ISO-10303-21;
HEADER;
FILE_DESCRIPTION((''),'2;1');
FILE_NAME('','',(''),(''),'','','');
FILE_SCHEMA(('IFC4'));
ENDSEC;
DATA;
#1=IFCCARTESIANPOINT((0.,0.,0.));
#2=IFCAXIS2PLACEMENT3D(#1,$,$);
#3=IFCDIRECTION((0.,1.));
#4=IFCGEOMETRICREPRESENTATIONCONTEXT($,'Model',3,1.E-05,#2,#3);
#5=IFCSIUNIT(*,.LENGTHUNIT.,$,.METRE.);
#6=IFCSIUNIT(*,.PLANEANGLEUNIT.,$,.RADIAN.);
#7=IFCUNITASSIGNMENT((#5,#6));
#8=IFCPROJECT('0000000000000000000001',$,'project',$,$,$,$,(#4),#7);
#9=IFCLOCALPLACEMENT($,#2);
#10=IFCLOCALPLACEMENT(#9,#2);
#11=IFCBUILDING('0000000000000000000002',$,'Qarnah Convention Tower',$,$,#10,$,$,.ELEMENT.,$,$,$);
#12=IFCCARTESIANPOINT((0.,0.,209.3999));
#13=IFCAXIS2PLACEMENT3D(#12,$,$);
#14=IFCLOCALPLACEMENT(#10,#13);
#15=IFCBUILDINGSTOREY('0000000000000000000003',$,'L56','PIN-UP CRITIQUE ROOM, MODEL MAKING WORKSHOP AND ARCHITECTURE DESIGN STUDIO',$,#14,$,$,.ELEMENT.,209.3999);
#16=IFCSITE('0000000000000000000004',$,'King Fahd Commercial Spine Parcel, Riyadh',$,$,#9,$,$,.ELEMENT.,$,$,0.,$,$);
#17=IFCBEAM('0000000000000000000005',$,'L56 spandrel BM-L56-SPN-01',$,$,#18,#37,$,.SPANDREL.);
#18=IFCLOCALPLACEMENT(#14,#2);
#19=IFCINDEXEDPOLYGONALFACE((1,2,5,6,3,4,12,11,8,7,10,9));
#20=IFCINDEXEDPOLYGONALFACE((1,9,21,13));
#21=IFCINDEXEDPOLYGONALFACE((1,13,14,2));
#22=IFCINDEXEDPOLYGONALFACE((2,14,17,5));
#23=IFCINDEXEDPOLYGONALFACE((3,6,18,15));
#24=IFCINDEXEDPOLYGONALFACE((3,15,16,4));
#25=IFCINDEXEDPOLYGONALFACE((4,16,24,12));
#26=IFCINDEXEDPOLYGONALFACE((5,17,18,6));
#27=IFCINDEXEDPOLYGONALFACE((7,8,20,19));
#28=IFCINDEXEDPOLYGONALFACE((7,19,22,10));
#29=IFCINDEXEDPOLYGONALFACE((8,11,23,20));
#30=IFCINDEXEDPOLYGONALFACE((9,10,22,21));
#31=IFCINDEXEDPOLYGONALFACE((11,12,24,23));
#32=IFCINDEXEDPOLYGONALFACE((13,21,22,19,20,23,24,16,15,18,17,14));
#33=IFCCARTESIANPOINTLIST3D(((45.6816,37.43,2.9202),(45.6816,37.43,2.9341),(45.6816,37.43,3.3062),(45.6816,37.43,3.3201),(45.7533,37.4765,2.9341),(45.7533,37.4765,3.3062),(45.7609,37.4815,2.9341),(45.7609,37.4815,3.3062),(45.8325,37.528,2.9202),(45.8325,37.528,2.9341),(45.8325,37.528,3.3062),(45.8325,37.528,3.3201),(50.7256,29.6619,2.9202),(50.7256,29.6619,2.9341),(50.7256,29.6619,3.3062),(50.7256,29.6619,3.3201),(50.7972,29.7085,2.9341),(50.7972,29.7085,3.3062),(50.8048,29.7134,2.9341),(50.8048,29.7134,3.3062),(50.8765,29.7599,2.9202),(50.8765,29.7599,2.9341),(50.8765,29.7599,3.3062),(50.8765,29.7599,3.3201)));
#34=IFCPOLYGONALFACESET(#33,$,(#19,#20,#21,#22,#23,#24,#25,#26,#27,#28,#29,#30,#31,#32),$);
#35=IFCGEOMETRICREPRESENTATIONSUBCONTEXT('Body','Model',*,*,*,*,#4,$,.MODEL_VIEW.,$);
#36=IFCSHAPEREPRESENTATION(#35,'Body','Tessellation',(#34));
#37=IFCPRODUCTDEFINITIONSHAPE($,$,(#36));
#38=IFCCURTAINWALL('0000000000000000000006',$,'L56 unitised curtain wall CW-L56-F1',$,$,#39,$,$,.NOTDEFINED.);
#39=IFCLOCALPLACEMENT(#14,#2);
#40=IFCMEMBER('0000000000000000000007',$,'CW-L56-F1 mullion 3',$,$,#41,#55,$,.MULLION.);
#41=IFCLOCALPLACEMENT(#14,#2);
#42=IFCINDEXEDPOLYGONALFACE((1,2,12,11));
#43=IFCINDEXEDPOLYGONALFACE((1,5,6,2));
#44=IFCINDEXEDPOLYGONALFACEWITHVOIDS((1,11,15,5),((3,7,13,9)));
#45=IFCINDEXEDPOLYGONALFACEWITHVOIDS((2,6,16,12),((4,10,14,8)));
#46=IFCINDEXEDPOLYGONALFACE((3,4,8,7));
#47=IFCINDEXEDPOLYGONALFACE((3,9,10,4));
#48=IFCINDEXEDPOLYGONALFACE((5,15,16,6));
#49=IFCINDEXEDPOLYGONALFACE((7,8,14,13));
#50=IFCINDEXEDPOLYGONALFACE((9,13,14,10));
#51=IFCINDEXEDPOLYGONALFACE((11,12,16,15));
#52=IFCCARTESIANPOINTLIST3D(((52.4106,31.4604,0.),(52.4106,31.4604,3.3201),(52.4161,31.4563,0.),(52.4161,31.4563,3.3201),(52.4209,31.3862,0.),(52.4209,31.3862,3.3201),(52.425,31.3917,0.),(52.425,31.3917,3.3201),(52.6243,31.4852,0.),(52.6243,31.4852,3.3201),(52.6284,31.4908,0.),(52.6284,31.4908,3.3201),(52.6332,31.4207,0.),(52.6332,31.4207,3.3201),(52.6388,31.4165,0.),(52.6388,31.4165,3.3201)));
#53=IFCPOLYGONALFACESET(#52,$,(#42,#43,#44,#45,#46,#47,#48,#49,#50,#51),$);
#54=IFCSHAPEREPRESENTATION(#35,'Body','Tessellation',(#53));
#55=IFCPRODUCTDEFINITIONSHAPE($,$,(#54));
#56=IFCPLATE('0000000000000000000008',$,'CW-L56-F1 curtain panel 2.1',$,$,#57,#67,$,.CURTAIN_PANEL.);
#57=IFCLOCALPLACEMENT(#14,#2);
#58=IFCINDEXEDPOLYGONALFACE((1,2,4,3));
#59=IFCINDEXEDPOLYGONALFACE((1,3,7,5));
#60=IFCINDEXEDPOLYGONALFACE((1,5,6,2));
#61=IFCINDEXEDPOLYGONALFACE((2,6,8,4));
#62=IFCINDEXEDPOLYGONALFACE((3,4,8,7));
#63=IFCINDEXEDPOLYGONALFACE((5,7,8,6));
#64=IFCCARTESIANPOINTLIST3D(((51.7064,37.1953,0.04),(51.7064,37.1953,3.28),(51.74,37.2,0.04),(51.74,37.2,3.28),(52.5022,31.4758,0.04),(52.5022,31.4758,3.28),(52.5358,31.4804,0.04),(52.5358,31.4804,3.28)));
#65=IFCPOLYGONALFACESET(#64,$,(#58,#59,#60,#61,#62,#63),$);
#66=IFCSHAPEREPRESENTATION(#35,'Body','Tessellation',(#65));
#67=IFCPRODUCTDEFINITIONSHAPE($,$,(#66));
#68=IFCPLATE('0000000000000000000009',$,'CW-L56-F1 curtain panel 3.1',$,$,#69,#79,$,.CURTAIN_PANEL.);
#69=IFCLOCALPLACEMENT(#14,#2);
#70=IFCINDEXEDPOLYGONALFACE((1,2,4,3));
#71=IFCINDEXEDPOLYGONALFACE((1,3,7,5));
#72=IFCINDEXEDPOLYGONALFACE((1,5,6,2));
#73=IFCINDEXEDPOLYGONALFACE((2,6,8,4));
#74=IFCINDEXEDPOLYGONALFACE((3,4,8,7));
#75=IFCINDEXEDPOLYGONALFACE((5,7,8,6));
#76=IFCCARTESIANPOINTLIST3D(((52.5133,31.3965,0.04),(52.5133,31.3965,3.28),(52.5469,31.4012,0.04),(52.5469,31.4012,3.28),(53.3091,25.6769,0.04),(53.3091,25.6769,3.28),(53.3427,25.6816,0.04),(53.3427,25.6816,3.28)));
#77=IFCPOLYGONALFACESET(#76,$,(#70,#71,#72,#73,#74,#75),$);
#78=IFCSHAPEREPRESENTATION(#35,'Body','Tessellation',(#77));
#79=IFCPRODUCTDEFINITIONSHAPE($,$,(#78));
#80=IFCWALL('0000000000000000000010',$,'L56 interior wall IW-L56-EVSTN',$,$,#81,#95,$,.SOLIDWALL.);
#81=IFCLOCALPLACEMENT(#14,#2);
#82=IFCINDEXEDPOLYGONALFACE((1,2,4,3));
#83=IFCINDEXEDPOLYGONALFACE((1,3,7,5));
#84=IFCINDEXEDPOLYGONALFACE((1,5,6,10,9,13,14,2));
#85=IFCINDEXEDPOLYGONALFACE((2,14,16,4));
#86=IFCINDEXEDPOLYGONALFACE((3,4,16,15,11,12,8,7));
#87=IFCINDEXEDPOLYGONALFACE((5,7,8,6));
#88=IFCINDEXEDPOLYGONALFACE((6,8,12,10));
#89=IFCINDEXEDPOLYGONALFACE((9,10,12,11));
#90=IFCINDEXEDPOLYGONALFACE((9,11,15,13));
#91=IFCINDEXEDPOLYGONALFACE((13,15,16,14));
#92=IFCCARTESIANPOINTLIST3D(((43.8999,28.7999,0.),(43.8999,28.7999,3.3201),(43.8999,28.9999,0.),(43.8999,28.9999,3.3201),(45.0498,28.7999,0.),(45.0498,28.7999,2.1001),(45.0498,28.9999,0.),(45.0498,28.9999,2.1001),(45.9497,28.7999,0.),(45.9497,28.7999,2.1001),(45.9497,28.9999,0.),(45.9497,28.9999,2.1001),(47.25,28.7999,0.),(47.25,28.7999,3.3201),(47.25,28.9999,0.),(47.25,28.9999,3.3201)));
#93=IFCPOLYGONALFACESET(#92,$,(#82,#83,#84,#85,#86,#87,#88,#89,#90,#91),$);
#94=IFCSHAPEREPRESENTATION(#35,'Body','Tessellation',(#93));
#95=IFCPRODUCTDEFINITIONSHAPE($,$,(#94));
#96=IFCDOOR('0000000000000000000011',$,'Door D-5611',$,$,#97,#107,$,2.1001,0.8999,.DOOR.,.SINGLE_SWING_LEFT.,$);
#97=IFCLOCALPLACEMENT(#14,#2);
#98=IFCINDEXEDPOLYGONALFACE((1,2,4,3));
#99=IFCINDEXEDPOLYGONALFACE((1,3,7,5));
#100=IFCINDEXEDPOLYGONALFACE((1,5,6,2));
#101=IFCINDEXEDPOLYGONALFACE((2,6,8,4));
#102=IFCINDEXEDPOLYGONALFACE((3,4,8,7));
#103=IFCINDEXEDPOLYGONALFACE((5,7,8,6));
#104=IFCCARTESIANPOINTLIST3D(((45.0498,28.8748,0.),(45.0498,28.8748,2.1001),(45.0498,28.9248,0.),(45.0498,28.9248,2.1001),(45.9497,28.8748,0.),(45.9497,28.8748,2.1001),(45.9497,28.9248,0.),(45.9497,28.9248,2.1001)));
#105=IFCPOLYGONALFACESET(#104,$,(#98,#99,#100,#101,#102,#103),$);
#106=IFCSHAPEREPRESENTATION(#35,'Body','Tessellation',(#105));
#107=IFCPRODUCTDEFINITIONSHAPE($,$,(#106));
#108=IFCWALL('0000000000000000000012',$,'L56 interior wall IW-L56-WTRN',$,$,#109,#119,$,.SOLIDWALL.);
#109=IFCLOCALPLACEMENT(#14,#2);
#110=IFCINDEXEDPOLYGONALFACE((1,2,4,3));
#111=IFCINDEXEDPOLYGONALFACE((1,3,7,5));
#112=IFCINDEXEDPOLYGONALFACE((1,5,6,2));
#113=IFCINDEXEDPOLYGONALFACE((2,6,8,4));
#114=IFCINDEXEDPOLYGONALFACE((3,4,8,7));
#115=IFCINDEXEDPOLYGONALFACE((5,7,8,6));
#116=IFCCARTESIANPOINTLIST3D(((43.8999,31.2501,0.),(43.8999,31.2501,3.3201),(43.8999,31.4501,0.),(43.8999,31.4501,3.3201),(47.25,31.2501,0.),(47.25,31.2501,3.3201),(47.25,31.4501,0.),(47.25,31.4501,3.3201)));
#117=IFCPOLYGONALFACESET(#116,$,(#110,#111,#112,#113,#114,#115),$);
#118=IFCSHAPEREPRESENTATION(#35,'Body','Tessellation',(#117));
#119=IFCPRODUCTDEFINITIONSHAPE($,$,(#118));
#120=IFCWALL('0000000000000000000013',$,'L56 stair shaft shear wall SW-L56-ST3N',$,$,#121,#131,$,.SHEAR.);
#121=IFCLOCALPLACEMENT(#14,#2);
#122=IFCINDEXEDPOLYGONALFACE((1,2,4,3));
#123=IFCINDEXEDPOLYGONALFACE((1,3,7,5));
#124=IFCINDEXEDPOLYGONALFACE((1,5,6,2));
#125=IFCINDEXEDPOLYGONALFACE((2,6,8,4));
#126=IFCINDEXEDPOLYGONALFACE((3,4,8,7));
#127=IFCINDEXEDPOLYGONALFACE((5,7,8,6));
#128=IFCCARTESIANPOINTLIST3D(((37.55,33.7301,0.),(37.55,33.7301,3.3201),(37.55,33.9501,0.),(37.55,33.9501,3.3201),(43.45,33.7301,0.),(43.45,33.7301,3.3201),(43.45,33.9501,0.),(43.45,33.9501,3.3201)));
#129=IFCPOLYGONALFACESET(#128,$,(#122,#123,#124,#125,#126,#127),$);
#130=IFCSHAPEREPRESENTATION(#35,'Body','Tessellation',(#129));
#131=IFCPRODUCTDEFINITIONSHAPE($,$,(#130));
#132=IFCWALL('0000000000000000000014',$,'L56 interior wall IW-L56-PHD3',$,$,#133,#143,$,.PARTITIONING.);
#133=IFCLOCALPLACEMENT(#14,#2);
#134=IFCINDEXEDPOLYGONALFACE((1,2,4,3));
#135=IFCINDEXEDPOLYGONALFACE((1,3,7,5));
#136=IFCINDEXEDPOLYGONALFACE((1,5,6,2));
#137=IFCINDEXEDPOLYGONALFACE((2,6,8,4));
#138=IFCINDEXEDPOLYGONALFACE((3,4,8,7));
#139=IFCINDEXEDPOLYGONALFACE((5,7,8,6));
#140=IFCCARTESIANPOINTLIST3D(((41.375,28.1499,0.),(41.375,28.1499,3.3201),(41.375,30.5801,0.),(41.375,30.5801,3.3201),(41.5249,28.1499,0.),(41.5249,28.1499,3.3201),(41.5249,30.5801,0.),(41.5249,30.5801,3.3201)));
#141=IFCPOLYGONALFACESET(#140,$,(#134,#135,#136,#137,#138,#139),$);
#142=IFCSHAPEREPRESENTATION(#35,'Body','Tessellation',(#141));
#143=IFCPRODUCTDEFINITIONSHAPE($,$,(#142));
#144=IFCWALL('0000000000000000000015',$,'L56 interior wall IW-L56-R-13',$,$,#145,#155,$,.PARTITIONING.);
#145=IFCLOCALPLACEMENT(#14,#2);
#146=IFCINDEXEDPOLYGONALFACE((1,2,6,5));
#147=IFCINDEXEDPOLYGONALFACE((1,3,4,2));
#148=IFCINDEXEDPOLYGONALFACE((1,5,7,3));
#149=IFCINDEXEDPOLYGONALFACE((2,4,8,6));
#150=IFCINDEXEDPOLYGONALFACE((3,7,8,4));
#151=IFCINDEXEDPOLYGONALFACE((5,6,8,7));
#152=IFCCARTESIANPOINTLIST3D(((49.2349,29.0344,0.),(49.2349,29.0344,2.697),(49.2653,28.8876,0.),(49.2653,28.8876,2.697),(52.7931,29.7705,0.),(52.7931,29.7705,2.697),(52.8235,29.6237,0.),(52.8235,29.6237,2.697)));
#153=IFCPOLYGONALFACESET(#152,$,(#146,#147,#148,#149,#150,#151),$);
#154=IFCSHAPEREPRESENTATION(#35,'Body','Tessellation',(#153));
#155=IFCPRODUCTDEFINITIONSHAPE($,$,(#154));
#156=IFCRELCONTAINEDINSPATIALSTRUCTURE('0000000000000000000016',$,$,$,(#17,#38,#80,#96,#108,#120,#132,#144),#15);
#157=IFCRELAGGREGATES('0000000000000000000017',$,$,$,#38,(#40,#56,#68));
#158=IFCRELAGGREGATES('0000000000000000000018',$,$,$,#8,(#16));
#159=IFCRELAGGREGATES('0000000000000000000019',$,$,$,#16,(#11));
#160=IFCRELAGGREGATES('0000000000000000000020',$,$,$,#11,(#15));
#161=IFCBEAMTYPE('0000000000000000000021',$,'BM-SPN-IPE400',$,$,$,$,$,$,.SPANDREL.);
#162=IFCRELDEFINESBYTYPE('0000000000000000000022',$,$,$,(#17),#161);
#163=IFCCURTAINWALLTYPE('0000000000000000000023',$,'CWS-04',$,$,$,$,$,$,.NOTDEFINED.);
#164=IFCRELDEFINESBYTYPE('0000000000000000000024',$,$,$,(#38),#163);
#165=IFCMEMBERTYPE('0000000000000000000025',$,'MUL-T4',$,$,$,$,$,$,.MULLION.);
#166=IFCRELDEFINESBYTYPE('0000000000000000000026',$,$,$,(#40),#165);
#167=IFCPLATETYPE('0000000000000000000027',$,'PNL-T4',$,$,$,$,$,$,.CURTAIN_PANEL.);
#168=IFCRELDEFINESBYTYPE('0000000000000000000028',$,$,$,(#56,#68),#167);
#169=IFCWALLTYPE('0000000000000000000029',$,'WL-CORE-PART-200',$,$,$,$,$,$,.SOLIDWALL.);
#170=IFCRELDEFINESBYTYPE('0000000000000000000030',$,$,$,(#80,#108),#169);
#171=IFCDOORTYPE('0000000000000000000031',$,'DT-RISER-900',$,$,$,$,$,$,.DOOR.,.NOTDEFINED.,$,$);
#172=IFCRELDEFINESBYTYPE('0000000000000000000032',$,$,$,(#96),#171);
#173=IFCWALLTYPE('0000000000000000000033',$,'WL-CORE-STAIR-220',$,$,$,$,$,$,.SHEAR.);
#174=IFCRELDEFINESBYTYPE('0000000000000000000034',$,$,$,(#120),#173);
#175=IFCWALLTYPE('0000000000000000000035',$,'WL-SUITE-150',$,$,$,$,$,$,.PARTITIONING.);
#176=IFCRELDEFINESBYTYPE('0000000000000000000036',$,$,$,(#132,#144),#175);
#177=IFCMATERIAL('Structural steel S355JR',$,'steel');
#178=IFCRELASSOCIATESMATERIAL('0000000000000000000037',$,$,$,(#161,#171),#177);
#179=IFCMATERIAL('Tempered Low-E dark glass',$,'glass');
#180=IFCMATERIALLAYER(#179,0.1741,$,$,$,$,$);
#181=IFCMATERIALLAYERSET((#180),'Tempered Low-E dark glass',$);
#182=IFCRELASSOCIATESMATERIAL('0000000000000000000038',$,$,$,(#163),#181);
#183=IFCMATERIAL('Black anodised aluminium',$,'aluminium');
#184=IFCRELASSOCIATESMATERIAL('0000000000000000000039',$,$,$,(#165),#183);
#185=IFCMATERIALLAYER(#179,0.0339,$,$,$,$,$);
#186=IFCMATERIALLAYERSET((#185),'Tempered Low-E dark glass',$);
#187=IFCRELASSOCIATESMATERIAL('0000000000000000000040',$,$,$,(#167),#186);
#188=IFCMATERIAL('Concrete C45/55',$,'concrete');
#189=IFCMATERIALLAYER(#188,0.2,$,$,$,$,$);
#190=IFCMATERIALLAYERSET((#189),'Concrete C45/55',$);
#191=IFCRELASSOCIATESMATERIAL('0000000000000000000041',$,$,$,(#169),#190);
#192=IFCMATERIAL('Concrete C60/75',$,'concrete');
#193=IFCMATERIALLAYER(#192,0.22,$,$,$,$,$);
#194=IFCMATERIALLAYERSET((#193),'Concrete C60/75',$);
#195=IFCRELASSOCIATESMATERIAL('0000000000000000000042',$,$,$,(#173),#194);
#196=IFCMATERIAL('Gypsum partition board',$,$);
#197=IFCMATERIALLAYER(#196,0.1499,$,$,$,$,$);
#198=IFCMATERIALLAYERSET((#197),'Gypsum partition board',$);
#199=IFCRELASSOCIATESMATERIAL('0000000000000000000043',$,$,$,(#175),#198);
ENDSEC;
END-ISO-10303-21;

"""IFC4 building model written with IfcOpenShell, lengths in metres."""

from ifc_helpers import new_model, si_unit, direction, frame, frame_2d, origin, origin_2d, place, context, subcontext, project, spatial, rectangle, hollow_rectangle, i_section, extrude, material, layer, layer_set, material_profile, profile_set, type_object, element, fill, aggregate, save


model = new_model("IFC4")

# Units and contexts
model_context = context("Model", 3, precision=1e-05, world=origin(), true_north=direction((0.0, 1.0)))
body_context = subcontext(model_context, "Body", "Model", "MODEL_VIEW")
ifc_project = project(units=[si_unit("LENGTHUNIT", "METRE"), si_unit("PLANEANGLEUNIT", "RADIAN")], contexts=[model_context])

# Site, building, storey
site_placement = place(None, origin())
site = spatial("IfcSite", under=ifc_project, at=site_placement, Name="King Fahd Commercial Spine Parcel, Riyadh", CompositionType="ELEMENT", RefElevation=0.0)
building_placement = place(site_placement, origin())
building = spatial("IfcBuilding", under=site, at=building_placement, Name="Qarnah Convention Tower", CompositionType="ELEMENT")
storey_placement = place(building_placement, frame((0.0, 0.0, 209.3999)))
storey = spatial("IfcBuildingStorey", under=building, at=storey_placement, Name="L56", Description="PIN-UP CRITIQUE ROOM, MODEL MAKING WORKSHOP AND ARCHITECTURE DESIGN STUDIO", CompositionType="ELEMENT", Elevation=209.3999)

# Beam
ifc_material_1 = material(Name="Structural steel S355JR", Category="steel")
ifc_material_profile_1 = material_profile(ifc_material_1, i_section(OverallWidth=0.1799, OverallDepth=0.3999, WebThickness=0.009, FlangeThickness=0.0139, at=origin_2d()), Name="IPE400")
ifc_profile_set_1 = profile_set([ifc_material_profile_1], Name="Structural steel S355JR")
beam_type_1 = type_object("IfcBeamType", Name="BM-SPN-IPE400", PredefinedType="SPANDREL", material=ifc_profile_set_1)
beam_1_placement = place(storey_placement, frame((50.801, 29.7109, 3.1201), z_axis=(-0.544586, 0.838705, 0.0), x_axis=(-0.838705, -0.544586, 0.0)))
element("IfcBeam", 1, at=beam_1_placement, inside=storey, type_object=beam_type_1, Name="L56 spandrel BM-L56-SPN-01", PredefinedType="SPANDREL", context=body_context, shape_type="SweptSolid", body=[
    extrude(i_section(OverallWidth=0.1799, OverallDepth=0.3999, WebThickness=0.009, FlangeThickness=0.0139, at=origin_2d()), origin(), (0.0, 0.0, 1.0), 9.262),
])

# Curtain wall, member, plates
ifc_material_2 = material(Name="Tempered Low-E dark glass", Category="glass")
ifc_layer_1 = layer(ifc_material_2, 0.1741)
ifc_layer_set_1 = layer_set([ifc_layer_1], Name="Tempered Low-E dark glass")
curtain_wall_type = type_object("IfcCurtainWallType", Name="CWS-04", PredefinedType="NOTDEFINED", material=ifc_layer_set_1)
curtain_wall_placement = place(storey_placement, origin())
curtain_wall = element("IfcCurtainWall", 2, at=curtain_wall_placement, inside=storey, type_object=curtain_wall_type, Name="L56 unitised curtain wall CW-L56-F1", PredefinedType="NOTDEFINED")
ifc_material_3 = material(Name="Black anodised aluminium", Category="aluminium")
ifc_material_profile_2 = material_profile(ifc_material_3, hollow_rectangle(XDim=0.075, YDim=0.22, WallThickness=0.0049, at=origin_2d()), Name="MUL-75X220")
ifc_profile_set_2 = profile_set([ifc_material_profile_2], Name="Black anodised aluminium")
member_type = type_object("IfcMemberType", Name="MUL-T4", PredefinedType="MULLION", material=ifc_profile_set_2)
member_placement = place(storey_placement, frame((52.5247, 31.4385, 0.0), z_axis=(0.0, 0.0, 1.0), x_axis=(0.137805, -0.990459, 0.0)))
member = element("IfcMember", 3, at=member_placement, type_object=member_type, Name="CW-L56-F1 mullion 3", PredefinedType="MULLION", context=body_context, shape_type="SweptSolid", body=[
    extrude(hollow_rectangle(XDim=0.075, YDim=0.22, WallThickness=0.0049, at=origin_2d()), origin(), (0.0, 0.0, 1.0), 3.3201),
])
ifc_layer_2 = layer(ifc_material_2, 0.0339)
ifc_layer_set_2 = layer_set([ifc_layer_2], Name="Tempered Low-E dark glass")
plate_type = type_object("IfcPlateType", Name="PNL-T4", PredefinedType="CURTAIN_PANEL", material=ifc_layer_set_2)
plate_1_placement = place(storey_placement, frame((52.1211, 34.3379, 0.04), z_axis=(0.0, 0.0, 1.0), x_axis=(0.137805, -0.990459, 0.0)))
plate_1 = element("IfcPlate", 4, at=plate_1_placement, type_object=plate_type, Name="CW-L56-F1 curtain panel 2.1", PredefinedType="CURTAIN_PANEL", context=body_context, shape_type="SweptSolid", body=[
    extrude(rectangle(XDim=5.7747, YDim=0.0339, at=origin_2d()), origin(), (0.0, 0.0, 1.0), 3.24),
])
plate_2_placement = place(storey_placement, frame((52.928, 28.5391, 0.04), z_axis=(0.0, 0.0, 1.0), x_axis=(0.137805, -0.990459, 0.0)))
plate_2 = element("IfcPlate", 5, at=plate_2_placement, type_object=plate_type, Name="CW-L56-F1 curtain panel 3.1", PredefinedType="CURTAIN_PANEL", context=body_context, shape_type="SweptSolid", body=[
    extrude(rectangle(XDim=5.7747, YDim=0.0339, at=origin_2d()), origin(), (0.0, 0.0, 1.0), 3.24),
])
aggregate(curtain_wall, [member, plate_1, plate_2])

# Wall, opening, door
ifc_material_4 = material(Name="Concrete C45/55", Category="concrete")
ifc_layer_3 = layer(ifc_material_4, 0.2)
ifc_layer_set_3 = layer_set([ifc_layer_3], Name="Concrete C45/55")
wall_type_1 = type_object("IfcWallType", Name="WL-CORE-PART-200", PredefinedType="SOLIDWALL", material=ifc_layer_set_3)
wall_1_placement = place(storey_placement, frame((43.8999, 28.8999, 0.0), z_axis=(0.0, 0.0, 1.0), x_axis=(1.0, 0.0, 0.0)))
wall_1 = element("IfcWall", 6, at=wall_1_placement, inside=storey, type_object=wall_type_1, Name="L56 interior wall IW-L56-EVSTN", PredefinedType="SOLIDWALL", context=body_context, shape_type="SweptSolid", body=[
    extrude(rectangle(XDim=3.3501, YDim=0.2, at=frame_2d((1.675, 0.0))), origin(), (0.0, 0.0, 1.0), 3.3201),
])
opening_1_placement = place(wall_1_placement, frame((1.1499, 0.0, 0.0)))
opening_1 = element("IfcOpeningElement", 7, at=opening_1_placement, cuts=wall_1, PredefinedType="OPENING", context=body_context, shape_type="SweptSolid", body=[
    extrude(rectangle(XDim=0.8999, YDim=2.1001, at=frame_2d((0.45, 1.05))), frame((0.0, 0.1099, 0.0), z_axis=(0.0, -1.0, 0.0), x_axis=(1.0, 0.0, 0.0)), (0.0, 0.0, 1.0), 0.22),
])
door_type_1 = type_object("IfcDoorType", Name="DT-RISER-900", OperationType="NOTDEFINED", PredefinedType="DOOR", material=ifc_material_1)
door_1_placement = place(opening_1_placement, origin())
door_1 = element("IfcDoor", 8, at=door_1_placement, inside=storey, type_object=door_type_1, Name="Door D-5611", OperationType="SINGLE_SWING_LEFT", OverallHeight=2.1001, OverallWidth=0.8999, PredefinedType="DOOR", context=body_context, shape_type="SweptSolid", body=[
    extrude(rectangle(XDim=0.8999, YDim=2.1001, at=frame_2d((0.45, 1.05))), frame((0.0, 0.0249, 0.0), z_axis=(0.0, -1.0, 0.0), x_axis=(1.0, 0.0, 0.0)), (0.0, 0.0, 1.0), 0.05),
])
fill(opening_1, door_1)

# Walls
wall_2_placement = place(storey_placement, frame((43.8999, 31.3501, 0.0), z_axis=(0.0, 0.0, 1.0), x_axis=(1.0, 0.0, 0.0)))
element("IfcWall", 9, at=wall_2_placement, inside=storey, type_object=wall_type_1, Name="L56 interior wall IW-L56-WTRN", PredefinedType="SOLIDWALL", context=body_context, shape_type="SweptSolid", body=[
    extrude(rectangle(XDim=3.3501, YDim=0.2, at=frame_2d((1.675, 0.0))), origin(), (0.0, 0.0, 1.0), 3.3201),
])
ifc_material_5 = material(Name="Concrete C60/75", Category="concrete")
ifc_layer_4 = layer(ifc_material_5, 0.22)
ifc_layer_set_4 = layer_set([ifc_layer_4], Name="Concrete C60/75")
wall_type_2 = type_object("IfcWallType", Name="WL-CORE-STAIR-220", PredefinedType="SHEAR", material=ifc_layer_set_4)
wall_3_placement = place(storey_placement, frame((37.55, 33.8401, 0.0), z_axis=(0.0, 0.0, 1.0), x_axis=(1.0, 0.0, 0.0)))
element("IfcWall", 10, at=wall_3_placement, inside=storey, type_object=wall_type_2, Name="L56 stair shaft shear wall SW-L56-ST3N", PredefinedType="SHEAR", context=body_context, shape_type="SweptSolid", body=[
    extrude(rectangle(XDim=5.8999, YDim=0.22, at=frame_2d((2.95, 0.0))), origin(), (0.0, 0.0, 1.0), 3.3201),
])
ifc_material_6 = material(Name="Gypsum partition board")
ifc_layer_5 = layer(ifc_material_6, 0.1499)
ifc_layer_set_5 = layer_set([ifc_layer_5], Name="Gypsum partition board")
wall_type_3 = type_object("IfcWallType", Name="WL-SUITE-150", PredefinedType="PARTITIONING", material=ifc_layer_set_5)
wall_4_placement = place(storey_placement, frame((41.45, 28.1499, 0.0), z_axis=(0.0, 0.0, 1.0), x_axis=(0.0, 1.0, 0.0)))
element("IfcWall", 11, at=wall_4_placement, inside=storey, type_object=wall_type_3, Name="L56 interior wall IW-L56-PHD3", PredefinedType="PARTITIONING", context=body_context, shape_type="SweptSolid", body=[
    extrude(rectangle(XDim=2.4302, YDim=0.1499, at=frame_2d((1.2151, 0.0))), origin(), (0.0, 0.0, 1.0), 3.3201),
])

# Wall
wall_5_placement = place(storey_placement, frame((49.25, 28.9609, 0.0), z_axis=(0.0, 0.0, 1.0), x_axis=(0.979265, 0.202586, 0.0)))
element("IfcWall", 12, at=wall_5_placement, inside=storey, type_object=wall_type_3, Name="L56 interior wall IW-L56-R-13", PredefinedType="PARTITIONING", context=body_context, shape_type="SweptSolid", body=[
    extrude(rectangle(XDim=3.6335, YDim=0.1499, at=frame_2d((1.8169, 0.0))), origin(), (0.0, 0.0, 1.0), 2.697),
])

save(model, "model.ifc")
